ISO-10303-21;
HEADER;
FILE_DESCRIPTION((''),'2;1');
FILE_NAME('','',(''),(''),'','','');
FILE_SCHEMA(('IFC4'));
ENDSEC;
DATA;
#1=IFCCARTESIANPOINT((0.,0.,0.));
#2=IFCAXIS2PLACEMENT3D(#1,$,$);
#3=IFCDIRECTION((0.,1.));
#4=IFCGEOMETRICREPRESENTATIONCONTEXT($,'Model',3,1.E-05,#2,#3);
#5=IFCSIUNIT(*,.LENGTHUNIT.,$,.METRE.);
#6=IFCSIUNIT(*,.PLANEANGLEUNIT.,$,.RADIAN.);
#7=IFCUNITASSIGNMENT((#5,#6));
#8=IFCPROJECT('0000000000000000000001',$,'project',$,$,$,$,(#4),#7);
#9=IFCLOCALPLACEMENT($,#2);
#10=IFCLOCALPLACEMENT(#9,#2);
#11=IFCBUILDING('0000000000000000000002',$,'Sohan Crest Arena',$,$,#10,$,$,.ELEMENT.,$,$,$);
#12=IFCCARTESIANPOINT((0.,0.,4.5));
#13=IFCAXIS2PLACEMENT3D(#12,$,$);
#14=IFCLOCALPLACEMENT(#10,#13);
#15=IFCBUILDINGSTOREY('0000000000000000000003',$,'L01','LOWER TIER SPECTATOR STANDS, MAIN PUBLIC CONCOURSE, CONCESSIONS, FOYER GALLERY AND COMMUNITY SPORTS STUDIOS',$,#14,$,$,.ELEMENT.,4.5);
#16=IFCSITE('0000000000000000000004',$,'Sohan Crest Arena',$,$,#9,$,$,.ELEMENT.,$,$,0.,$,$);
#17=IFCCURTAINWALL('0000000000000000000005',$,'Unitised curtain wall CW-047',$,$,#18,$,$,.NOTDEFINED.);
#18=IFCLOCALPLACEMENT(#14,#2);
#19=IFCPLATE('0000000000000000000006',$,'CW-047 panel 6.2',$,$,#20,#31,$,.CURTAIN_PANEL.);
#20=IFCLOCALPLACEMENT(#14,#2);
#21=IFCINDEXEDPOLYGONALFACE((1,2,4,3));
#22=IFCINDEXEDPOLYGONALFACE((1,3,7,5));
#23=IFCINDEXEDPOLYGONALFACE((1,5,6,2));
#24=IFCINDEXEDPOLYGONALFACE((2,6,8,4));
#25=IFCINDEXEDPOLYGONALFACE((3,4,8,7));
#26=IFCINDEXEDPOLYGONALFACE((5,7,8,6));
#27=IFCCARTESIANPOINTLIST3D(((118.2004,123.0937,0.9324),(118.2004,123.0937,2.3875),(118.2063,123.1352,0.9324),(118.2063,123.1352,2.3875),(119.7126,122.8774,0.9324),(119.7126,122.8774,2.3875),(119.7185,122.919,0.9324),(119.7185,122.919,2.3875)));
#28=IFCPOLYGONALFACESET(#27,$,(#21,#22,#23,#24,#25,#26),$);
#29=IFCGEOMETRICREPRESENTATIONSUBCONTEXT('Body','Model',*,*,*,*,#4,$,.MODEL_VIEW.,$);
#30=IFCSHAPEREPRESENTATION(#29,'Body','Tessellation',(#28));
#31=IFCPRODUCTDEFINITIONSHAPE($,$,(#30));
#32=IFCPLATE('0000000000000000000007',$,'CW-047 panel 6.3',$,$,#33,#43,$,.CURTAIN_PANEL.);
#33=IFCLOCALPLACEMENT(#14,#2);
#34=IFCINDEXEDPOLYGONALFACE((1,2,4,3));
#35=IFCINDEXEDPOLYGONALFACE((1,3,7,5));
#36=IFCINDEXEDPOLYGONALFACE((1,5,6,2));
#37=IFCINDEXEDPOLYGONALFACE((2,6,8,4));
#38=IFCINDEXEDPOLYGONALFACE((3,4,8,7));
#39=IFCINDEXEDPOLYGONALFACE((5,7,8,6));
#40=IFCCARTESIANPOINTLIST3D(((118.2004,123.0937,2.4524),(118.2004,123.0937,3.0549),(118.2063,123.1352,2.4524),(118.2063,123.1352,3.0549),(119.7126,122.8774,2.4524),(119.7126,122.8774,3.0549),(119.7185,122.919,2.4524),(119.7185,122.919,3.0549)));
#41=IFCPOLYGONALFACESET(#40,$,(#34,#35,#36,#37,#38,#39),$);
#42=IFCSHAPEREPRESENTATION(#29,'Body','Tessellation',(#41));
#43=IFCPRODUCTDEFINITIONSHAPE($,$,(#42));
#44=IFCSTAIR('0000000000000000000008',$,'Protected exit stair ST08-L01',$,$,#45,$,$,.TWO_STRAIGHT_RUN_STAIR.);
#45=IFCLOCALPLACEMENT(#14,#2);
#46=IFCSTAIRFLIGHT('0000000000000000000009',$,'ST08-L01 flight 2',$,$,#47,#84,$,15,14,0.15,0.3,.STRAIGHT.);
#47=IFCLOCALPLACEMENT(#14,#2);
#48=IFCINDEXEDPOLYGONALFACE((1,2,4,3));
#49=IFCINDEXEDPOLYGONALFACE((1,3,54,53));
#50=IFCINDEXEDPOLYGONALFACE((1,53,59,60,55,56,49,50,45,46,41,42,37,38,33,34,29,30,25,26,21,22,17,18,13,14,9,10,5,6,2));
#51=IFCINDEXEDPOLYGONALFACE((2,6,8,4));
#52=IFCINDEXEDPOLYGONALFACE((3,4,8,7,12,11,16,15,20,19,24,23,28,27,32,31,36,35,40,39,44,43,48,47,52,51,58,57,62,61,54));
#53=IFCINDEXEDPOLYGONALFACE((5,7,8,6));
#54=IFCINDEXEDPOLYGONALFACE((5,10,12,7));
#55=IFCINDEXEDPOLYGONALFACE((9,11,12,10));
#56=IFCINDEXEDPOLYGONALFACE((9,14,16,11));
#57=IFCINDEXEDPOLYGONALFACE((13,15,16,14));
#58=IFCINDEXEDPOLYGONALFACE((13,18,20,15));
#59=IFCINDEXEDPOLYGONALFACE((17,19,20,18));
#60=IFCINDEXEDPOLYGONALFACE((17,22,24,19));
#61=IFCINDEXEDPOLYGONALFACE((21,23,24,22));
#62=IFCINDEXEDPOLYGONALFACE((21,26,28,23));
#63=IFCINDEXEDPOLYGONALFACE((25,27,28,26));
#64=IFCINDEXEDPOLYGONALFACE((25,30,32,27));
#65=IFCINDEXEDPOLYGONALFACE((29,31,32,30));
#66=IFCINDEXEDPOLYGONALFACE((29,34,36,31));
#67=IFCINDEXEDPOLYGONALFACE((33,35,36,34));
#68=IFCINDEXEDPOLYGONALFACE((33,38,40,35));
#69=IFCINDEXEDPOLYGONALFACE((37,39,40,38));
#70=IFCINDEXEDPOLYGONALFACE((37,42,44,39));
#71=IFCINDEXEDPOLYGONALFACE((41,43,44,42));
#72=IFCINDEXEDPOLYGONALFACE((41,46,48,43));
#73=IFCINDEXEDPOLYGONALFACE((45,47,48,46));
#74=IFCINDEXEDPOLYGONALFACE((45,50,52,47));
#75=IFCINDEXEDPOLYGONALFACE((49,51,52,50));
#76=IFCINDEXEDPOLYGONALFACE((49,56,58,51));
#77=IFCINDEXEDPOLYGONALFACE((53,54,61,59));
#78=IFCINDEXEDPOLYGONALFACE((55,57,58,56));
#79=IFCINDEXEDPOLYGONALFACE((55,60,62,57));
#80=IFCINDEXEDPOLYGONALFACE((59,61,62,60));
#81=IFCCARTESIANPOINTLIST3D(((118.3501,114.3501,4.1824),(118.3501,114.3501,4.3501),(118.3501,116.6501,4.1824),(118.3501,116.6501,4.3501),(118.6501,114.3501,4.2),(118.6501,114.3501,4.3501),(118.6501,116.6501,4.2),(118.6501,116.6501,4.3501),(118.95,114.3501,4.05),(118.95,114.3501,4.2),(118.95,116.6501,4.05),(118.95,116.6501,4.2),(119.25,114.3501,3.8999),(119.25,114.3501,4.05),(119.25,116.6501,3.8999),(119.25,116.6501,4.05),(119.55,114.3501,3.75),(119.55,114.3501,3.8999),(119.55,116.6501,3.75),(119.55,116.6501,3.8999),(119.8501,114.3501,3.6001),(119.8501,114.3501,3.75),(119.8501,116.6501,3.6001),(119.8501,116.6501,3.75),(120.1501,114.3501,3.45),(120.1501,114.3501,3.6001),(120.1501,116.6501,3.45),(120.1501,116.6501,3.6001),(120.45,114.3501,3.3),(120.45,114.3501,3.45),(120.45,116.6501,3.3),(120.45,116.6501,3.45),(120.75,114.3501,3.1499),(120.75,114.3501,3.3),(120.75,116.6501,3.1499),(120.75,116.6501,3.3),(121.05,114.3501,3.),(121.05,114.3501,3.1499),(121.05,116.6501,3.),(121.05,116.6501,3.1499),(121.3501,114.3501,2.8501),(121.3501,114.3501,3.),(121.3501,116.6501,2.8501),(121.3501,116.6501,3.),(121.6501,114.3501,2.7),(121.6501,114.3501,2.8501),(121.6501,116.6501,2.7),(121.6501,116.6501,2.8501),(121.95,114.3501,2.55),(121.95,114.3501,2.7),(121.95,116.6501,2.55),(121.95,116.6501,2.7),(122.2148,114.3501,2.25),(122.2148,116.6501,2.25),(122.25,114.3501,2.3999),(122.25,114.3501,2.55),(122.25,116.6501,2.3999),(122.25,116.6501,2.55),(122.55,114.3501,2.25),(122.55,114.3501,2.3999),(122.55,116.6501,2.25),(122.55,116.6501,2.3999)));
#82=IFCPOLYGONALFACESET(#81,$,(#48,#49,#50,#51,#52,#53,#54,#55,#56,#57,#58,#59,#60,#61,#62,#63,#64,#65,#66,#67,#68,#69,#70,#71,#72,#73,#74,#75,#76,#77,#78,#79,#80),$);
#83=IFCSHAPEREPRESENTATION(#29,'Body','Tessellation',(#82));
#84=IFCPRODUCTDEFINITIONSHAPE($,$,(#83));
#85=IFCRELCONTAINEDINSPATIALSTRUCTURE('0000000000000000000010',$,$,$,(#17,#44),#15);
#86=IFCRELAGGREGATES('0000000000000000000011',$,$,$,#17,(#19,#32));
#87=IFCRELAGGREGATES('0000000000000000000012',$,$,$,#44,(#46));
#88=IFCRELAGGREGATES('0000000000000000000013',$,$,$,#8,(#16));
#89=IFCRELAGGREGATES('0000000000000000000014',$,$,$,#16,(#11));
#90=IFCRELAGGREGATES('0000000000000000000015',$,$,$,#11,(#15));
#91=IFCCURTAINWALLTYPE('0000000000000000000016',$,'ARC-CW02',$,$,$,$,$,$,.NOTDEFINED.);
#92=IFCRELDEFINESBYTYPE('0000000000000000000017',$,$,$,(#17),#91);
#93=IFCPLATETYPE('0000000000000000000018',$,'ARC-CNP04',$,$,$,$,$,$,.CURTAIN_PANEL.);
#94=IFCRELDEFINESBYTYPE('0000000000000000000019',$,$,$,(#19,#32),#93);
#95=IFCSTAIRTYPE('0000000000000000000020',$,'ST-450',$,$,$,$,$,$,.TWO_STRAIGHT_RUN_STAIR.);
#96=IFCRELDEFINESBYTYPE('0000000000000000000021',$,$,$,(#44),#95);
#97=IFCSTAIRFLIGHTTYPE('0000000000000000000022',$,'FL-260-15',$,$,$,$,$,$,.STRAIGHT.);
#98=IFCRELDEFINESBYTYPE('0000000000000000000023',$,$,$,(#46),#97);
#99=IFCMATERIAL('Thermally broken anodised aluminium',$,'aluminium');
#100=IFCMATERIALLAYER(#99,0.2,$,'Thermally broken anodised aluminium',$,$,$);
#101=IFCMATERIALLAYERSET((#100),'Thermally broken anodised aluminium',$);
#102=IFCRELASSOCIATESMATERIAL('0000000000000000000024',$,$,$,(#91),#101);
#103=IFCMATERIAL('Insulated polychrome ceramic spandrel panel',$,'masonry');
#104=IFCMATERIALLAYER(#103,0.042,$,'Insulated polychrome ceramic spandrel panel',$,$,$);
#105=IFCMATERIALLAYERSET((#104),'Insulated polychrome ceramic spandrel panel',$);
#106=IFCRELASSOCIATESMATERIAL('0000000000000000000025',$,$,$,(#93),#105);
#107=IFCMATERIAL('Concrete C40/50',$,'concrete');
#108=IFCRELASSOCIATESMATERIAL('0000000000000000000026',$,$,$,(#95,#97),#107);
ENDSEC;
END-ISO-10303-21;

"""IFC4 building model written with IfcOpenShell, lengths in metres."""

from ifc_helpers import new_model, si_unit, direction, frame, origin, origin_2d, place, context, subcontext, project, spatial, polyline, rectangle, outline, extrude, material, layer, layer_set, type_object, element, aggregate, save


model = new_model("IFC4")

# Units and contexts
model_context = context("Model", 3, precision=1e-05, world=origin(), true_north=direction((0.0, 1.0)))
body_context = subcontext(model_context, "Body", "Model", "MODEL_VIEW")
ifc_project = project(units=[si_unit("LENGTHUNIT", "METRE"), si_unit("PLANEANGLEUNIT", "RADIAN")], contexts=[model_context])

# Site, building, storey
site_placement = place(None, origin())
site = spatial("IfcSite", under=ifc_project, at=site_placement, Name="Sohan Crest Arena", CompositionType="ELEMENT", RefElevation=0.0)
building_placement = place(site_placement, origin())
building = spatial("IfcBuilding", under=site, at=building_placement, Name="Sohan Crest Arena", CompositionType="ELEMENT")
storey_placement = place(building_placement, frame((0.0, 0.0, 4.5)))
storey = spatial("IfcBuildingStorey", under=building, at=storey_placement, Name="L01", Description="LOWER TIER SPECTATOR STANDS, MAIN PUBLIC CONCOURSE, CONCESSIONS, FOYER GALLERY AND COMMUNITY SPORTS STUDIOS", CompositionType="ELEMENT", Elevation=4.5)

# Curtain wall, plates
ifc_material_1 = material(Name="Thermally broken anodised aluminium", Category="aluminium")
ifc_layer_1 = layer(ifc_material_1, 0.2, Name="Thermally broken anodised aluminium")
ifc_layer_set_1 = layer_set([ifc_layer_1], Name="Thermally broken anodised aluminium")
curtain_wall_type = type_object("IfcCurtainWallType", Name="ARC-CW02", PredefinedType="NOTDEFINED", material=ifc_layer_set_1)
curtain_wall_placement = place(storey_placement, origin())
curtain_wall = element("IfcCurtainWall", 1, at=curtain_wall_placement, inside=storey, type_object=curtain_wall_type, Name="Unitised curtain wall CW-047", PredefinedType="NOTDEFINED")
ifc_material_2 = material(Name="Insulated polychrome ceramic spandrel panel", Category="masonry")
ifc_layer_2 = layer(ifc_material_2, 0.042, Name="Insulated polychrome ceramic spandrel panel")
ifc_layer_set_2 = layer_set([ifc_layer_2], Name="Insulated polychrome ceramic spandrel panel")
plate_type = type_object("IfcPlateType", Name="ARC-CNP04", PredefinedType="CURTAIN_PANEL", material=ifc_layer_set_2)
plate_1_placement = place(storey_placement, frame((118.9595, 123.0063, 0.9324), z_axis=(0.0, 0.0, 1.0), x_axis=(-0.989931, 0.141549, 0.0)))
plate_1 = element("IfcPlate", 2, at=plate_1_placement, type_object=plate_type, Name="CW-047 panel 6.2", PredefinedType="CURTAIN_PANEL", context=body_context, shape_type="SweptSolid", body=[
    extrude(rectangle(XDim=1.5276, YDim=0.042, at=origin_2d()), origin(), (0.0, 0.0, 1.0), 1.4551),
])
plate_2_placement = place(storey_placement, frame((118.9595, 123.0063, 2.4524), z_axis=(0.0, 0.0, 1.0), x_axis=(-0.989931, 0.141549, 0.0)))
plate_2 = element("IfcPlate", 3, at=plate_2_placement, type_object=plate_type, Name="CW-047 panel 6.3", PredefinedType="CURTAIN_PANEL", context=body_context, shape_type="SweptSolid", body=[
    extrude(rectangle(XDim=1.5276, YDim=0.042, at=origin_2d()), origin(), (0.0, 0.0, 1.0), 0.6025),
])
aggregate(curtain_wall, [plate_1, plate_2])

# Stair, stair flight
ifc_material_3 = material(Name="Concrete C40/50", Category="concrete")
stair_type = type_object("IfcStairType", Name="ST-450", PredefinedType="TWO_STRAIGHT_RUN_STAIR", material=ifc_material_3)
stair_placement = place(storey_placement, origin())
stair = element("IfcStair", 4, at=stair_placement, inside=storey, type_object=stair_type, Name="Protected exit stair ST08-L01", PredefinedType="TWO_STRAIGHT_RUN_STAIR")
stair_flight_type = type_object("IfcStairFlightType", Name="FL-260-15", PredefinedType="STRAIGHT", material=ifc_material_3)
stair_flight_placement = place(storey_placement, frame((122.55, 115.5, 2.25), z_axis=(0.0, 0.0, 1.0), x_axis=(-1.0, 0.0, 0.0)))
stair_flight = element("IfcStairFlight", 5, at=stair_flight_placement, type_object=stair_flight_type, Name="ST08-L01 flight 2", NumberOfRisers=15, NumberOfTreads=14, PredefinedType="STRAIGHT", RiserHeight=0.15, TreadLength=0.3, context=body_context, shape_type="SweptSolid", body=[
    extrude(outline(polyline([(0.0, 0.0), (0.0, 0.1499), (0.3, 0.1499), (0.3, 0.3), (0.6001, 0.3), (0.6001, 0.45), (0.8999, 0.45), (0.8999, 0.6001), (1.2, 0.6001), (1.2, 0.75), (1.5, 0.75), (1.5, 0.8999), (1.8, 0.8999), (1.8, 1.05), (2.1001, 1.05), (2.1001, 1.2), (2.3999, 1.2), (2.3999, 1.3501), (2.7, 1.3501), (2.7, 1.5), (3.0, 1.5), (3.0, 1.6499), (3.3, 1.6499), (3.3, 1.8), (3.6001, 1.8), (3.6001, 1.95), (3.8999, 1.95), (3.8999, 2.1001), (4.2, 2.1001), (4.2, 2.25), (4.2, 1.9324), (0.3352, 0.0), (0.0, 0.0)])), frame((0.0, 1.1499, 0.0), z_axis=(0.0, -1.0, 0.0), x_axis=(1.0, 0.0, 0.0)), (0.0, 0.0, 1.0), 2.3),
])
aggregate(stair, [stair_flight])

save(model, "model.ifc")
